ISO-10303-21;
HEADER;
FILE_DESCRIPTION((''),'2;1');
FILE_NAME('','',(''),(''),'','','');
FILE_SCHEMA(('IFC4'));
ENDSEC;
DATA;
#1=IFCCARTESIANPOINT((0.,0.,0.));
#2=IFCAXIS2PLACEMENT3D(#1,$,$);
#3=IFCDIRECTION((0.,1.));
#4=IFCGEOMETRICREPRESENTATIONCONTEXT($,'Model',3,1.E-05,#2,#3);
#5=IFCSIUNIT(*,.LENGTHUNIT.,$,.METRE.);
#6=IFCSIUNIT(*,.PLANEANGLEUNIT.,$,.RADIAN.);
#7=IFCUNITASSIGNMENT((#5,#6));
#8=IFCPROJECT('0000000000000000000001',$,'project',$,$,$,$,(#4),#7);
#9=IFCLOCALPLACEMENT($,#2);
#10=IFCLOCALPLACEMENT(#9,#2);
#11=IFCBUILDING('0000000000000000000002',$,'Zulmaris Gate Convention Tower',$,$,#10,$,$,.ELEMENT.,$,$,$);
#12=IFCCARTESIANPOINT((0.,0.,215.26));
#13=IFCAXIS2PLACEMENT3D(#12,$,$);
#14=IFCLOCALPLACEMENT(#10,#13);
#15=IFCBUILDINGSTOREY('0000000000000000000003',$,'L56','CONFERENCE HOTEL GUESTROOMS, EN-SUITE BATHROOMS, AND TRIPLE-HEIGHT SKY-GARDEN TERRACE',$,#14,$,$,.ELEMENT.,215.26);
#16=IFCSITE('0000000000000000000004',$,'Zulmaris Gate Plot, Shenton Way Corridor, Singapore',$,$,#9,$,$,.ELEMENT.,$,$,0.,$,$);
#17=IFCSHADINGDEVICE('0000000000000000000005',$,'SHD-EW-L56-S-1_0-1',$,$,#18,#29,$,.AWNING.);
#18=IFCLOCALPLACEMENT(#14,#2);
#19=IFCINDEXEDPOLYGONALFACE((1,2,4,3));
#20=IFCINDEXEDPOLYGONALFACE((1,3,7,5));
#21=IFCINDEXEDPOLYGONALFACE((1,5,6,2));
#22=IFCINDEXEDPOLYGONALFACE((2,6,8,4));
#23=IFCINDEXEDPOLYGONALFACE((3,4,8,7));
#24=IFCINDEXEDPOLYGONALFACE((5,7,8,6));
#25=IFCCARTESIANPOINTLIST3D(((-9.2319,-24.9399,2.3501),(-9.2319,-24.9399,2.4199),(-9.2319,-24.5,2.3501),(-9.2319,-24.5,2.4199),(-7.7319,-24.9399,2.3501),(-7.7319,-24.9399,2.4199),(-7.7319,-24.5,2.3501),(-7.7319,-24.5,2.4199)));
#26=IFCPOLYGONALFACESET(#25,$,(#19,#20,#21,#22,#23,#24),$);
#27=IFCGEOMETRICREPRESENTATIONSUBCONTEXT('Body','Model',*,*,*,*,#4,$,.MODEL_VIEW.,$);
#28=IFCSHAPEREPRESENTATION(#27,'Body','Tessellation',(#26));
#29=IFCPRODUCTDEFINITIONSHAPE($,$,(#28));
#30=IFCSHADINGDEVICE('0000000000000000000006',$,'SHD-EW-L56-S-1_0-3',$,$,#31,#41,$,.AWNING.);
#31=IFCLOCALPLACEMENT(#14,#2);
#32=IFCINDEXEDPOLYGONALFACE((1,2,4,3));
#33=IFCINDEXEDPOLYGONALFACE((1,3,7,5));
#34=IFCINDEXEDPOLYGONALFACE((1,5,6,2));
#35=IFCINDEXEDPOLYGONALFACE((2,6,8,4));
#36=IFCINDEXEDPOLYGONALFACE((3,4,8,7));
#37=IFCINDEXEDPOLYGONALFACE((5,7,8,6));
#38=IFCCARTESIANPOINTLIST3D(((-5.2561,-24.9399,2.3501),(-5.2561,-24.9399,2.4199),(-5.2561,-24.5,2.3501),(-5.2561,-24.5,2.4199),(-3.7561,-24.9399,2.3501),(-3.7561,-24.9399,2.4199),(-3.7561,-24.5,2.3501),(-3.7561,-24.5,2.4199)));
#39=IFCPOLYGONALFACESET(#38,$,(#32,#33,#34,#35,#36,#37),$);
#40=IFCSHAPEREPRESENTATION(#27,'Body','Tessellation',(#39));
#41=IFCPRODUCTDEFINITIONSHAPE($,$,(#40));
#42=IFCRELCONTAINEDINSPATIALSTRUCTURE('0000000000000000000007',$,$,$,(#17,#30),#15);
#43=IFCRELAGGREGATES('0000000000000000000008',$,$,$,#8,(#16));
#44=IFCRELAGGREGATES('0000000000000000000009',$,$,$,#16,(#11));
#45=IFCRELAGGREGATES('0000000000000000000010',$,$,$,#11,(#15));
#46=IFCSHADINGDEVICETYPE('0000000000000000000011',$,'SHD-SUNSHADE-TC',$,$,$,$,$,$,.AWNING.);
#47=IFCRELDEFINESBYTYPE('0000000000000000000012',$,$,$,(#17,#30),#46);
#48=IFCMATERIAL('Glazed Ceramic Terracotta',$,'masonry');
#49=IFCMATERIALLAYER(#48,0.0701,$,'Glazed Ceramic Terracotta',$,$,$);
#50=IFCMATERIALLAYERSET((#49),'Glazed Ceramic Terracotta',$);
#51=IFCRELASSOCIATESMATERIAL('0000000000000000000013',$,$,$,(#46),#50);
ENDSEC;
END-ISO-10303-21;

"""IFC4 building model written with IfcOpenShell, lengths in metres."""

from ifc_helpers import new_model, si_unit, direction, frame, frame_2d, origin, place, context, subcontext, project, spatial, rectangle, extrude, material, layer, layer_set, type_object, element, save


model = new_model("IFC4")

# Units and contexts
model_context = context("Model", 3, precision=1e-05, world=origin(), true_north=direction((0.0, 1.0)))
body_context = subcontext(model_context, "Body", "Model", "MODEL_VIEW")
ifc_project = project(units=[si_unit("LENGTHUNIT", "METRE"), si_unit("PLANEANGLEUNIT", "RADIAN")], contexts=[model_context])

# Site, building, storey
site_placement = place(None, origin())
site = spatial("IfcSite", under=ifc_project, at=site_placement, Name="Zulmaris Gate Plot, Shenton Way Corridor, Singapore", CompositionType="ELEMENT", RefElevation=0.0)
building_placement = place(site_placement, origin())
building = spatial("IfcBuilding", under=site, at=building_placement, Name="Zulmaris Gate Convention Tower", CompositionType="ELEMENT")
storey_placement = place(building_placement, frame((0.0, 0.0, 215.26)))
storey = spatial("IfcBuildingStorey", under=building, at=storey_placement, Name="L56", Description="CONFERENCE HOTEL GUESTROOMS, EN-SUITE BATHROOMS, AND TRIPLE-HEIGHT SKY-GARDEN TERRACE", CompositionType="ELEMENT", Elevation=215.26)

# Shading devices
ifc_material_1 = material(Name="Glazed Ceramic Terracotta", Category="masonry")
ifc_layer_1 = layer(ifc_material_1, 0.0701, Name="Glazed Ceramic Terracotta")
ifc_layer_set_1 = layer_set([ifc_layer_1], Name="Glazed Ceramic Terracotta")
shading_device_type = type_object("IfcShadingDeviceType", Name="SHD-SUNSHADE-TC", PredefinedType="AWNING", material=ifc_layer_set_1)
for number, where, z_axis, x_axis, name in (
    (1, (-9.2319, -24.72, 2.3501), (0.0, 0.0, 1.0), (1.0, 0.0, 0.0), "SHD-EW-L56-S-1_0-1"),
    (2, (-5.2561, -24.72, 2.3501), (0.0, 0.0, 1.0), (1.0, 0.0, 0.0), "SHD-EW-L56-S-1_0-3"),
):
    element("IfcShadingDevice", number, at=place(storey_placement, frame(where, z_axis=z_axis, x_axis=x_axis)), inside=storey, type_object=shading_device_type, Name=name, PredefinedType="AWNING", context=body_context, shape_type="SweptSolid", body=[
        extrude(rectangle(XDim=1.5, YDim=0.4399, at=frame_2d((0.75, 0.0))), origin(), (0.0, 0.0, 1.0), 0.0698),
    ])

save(model, "model.ifc")
